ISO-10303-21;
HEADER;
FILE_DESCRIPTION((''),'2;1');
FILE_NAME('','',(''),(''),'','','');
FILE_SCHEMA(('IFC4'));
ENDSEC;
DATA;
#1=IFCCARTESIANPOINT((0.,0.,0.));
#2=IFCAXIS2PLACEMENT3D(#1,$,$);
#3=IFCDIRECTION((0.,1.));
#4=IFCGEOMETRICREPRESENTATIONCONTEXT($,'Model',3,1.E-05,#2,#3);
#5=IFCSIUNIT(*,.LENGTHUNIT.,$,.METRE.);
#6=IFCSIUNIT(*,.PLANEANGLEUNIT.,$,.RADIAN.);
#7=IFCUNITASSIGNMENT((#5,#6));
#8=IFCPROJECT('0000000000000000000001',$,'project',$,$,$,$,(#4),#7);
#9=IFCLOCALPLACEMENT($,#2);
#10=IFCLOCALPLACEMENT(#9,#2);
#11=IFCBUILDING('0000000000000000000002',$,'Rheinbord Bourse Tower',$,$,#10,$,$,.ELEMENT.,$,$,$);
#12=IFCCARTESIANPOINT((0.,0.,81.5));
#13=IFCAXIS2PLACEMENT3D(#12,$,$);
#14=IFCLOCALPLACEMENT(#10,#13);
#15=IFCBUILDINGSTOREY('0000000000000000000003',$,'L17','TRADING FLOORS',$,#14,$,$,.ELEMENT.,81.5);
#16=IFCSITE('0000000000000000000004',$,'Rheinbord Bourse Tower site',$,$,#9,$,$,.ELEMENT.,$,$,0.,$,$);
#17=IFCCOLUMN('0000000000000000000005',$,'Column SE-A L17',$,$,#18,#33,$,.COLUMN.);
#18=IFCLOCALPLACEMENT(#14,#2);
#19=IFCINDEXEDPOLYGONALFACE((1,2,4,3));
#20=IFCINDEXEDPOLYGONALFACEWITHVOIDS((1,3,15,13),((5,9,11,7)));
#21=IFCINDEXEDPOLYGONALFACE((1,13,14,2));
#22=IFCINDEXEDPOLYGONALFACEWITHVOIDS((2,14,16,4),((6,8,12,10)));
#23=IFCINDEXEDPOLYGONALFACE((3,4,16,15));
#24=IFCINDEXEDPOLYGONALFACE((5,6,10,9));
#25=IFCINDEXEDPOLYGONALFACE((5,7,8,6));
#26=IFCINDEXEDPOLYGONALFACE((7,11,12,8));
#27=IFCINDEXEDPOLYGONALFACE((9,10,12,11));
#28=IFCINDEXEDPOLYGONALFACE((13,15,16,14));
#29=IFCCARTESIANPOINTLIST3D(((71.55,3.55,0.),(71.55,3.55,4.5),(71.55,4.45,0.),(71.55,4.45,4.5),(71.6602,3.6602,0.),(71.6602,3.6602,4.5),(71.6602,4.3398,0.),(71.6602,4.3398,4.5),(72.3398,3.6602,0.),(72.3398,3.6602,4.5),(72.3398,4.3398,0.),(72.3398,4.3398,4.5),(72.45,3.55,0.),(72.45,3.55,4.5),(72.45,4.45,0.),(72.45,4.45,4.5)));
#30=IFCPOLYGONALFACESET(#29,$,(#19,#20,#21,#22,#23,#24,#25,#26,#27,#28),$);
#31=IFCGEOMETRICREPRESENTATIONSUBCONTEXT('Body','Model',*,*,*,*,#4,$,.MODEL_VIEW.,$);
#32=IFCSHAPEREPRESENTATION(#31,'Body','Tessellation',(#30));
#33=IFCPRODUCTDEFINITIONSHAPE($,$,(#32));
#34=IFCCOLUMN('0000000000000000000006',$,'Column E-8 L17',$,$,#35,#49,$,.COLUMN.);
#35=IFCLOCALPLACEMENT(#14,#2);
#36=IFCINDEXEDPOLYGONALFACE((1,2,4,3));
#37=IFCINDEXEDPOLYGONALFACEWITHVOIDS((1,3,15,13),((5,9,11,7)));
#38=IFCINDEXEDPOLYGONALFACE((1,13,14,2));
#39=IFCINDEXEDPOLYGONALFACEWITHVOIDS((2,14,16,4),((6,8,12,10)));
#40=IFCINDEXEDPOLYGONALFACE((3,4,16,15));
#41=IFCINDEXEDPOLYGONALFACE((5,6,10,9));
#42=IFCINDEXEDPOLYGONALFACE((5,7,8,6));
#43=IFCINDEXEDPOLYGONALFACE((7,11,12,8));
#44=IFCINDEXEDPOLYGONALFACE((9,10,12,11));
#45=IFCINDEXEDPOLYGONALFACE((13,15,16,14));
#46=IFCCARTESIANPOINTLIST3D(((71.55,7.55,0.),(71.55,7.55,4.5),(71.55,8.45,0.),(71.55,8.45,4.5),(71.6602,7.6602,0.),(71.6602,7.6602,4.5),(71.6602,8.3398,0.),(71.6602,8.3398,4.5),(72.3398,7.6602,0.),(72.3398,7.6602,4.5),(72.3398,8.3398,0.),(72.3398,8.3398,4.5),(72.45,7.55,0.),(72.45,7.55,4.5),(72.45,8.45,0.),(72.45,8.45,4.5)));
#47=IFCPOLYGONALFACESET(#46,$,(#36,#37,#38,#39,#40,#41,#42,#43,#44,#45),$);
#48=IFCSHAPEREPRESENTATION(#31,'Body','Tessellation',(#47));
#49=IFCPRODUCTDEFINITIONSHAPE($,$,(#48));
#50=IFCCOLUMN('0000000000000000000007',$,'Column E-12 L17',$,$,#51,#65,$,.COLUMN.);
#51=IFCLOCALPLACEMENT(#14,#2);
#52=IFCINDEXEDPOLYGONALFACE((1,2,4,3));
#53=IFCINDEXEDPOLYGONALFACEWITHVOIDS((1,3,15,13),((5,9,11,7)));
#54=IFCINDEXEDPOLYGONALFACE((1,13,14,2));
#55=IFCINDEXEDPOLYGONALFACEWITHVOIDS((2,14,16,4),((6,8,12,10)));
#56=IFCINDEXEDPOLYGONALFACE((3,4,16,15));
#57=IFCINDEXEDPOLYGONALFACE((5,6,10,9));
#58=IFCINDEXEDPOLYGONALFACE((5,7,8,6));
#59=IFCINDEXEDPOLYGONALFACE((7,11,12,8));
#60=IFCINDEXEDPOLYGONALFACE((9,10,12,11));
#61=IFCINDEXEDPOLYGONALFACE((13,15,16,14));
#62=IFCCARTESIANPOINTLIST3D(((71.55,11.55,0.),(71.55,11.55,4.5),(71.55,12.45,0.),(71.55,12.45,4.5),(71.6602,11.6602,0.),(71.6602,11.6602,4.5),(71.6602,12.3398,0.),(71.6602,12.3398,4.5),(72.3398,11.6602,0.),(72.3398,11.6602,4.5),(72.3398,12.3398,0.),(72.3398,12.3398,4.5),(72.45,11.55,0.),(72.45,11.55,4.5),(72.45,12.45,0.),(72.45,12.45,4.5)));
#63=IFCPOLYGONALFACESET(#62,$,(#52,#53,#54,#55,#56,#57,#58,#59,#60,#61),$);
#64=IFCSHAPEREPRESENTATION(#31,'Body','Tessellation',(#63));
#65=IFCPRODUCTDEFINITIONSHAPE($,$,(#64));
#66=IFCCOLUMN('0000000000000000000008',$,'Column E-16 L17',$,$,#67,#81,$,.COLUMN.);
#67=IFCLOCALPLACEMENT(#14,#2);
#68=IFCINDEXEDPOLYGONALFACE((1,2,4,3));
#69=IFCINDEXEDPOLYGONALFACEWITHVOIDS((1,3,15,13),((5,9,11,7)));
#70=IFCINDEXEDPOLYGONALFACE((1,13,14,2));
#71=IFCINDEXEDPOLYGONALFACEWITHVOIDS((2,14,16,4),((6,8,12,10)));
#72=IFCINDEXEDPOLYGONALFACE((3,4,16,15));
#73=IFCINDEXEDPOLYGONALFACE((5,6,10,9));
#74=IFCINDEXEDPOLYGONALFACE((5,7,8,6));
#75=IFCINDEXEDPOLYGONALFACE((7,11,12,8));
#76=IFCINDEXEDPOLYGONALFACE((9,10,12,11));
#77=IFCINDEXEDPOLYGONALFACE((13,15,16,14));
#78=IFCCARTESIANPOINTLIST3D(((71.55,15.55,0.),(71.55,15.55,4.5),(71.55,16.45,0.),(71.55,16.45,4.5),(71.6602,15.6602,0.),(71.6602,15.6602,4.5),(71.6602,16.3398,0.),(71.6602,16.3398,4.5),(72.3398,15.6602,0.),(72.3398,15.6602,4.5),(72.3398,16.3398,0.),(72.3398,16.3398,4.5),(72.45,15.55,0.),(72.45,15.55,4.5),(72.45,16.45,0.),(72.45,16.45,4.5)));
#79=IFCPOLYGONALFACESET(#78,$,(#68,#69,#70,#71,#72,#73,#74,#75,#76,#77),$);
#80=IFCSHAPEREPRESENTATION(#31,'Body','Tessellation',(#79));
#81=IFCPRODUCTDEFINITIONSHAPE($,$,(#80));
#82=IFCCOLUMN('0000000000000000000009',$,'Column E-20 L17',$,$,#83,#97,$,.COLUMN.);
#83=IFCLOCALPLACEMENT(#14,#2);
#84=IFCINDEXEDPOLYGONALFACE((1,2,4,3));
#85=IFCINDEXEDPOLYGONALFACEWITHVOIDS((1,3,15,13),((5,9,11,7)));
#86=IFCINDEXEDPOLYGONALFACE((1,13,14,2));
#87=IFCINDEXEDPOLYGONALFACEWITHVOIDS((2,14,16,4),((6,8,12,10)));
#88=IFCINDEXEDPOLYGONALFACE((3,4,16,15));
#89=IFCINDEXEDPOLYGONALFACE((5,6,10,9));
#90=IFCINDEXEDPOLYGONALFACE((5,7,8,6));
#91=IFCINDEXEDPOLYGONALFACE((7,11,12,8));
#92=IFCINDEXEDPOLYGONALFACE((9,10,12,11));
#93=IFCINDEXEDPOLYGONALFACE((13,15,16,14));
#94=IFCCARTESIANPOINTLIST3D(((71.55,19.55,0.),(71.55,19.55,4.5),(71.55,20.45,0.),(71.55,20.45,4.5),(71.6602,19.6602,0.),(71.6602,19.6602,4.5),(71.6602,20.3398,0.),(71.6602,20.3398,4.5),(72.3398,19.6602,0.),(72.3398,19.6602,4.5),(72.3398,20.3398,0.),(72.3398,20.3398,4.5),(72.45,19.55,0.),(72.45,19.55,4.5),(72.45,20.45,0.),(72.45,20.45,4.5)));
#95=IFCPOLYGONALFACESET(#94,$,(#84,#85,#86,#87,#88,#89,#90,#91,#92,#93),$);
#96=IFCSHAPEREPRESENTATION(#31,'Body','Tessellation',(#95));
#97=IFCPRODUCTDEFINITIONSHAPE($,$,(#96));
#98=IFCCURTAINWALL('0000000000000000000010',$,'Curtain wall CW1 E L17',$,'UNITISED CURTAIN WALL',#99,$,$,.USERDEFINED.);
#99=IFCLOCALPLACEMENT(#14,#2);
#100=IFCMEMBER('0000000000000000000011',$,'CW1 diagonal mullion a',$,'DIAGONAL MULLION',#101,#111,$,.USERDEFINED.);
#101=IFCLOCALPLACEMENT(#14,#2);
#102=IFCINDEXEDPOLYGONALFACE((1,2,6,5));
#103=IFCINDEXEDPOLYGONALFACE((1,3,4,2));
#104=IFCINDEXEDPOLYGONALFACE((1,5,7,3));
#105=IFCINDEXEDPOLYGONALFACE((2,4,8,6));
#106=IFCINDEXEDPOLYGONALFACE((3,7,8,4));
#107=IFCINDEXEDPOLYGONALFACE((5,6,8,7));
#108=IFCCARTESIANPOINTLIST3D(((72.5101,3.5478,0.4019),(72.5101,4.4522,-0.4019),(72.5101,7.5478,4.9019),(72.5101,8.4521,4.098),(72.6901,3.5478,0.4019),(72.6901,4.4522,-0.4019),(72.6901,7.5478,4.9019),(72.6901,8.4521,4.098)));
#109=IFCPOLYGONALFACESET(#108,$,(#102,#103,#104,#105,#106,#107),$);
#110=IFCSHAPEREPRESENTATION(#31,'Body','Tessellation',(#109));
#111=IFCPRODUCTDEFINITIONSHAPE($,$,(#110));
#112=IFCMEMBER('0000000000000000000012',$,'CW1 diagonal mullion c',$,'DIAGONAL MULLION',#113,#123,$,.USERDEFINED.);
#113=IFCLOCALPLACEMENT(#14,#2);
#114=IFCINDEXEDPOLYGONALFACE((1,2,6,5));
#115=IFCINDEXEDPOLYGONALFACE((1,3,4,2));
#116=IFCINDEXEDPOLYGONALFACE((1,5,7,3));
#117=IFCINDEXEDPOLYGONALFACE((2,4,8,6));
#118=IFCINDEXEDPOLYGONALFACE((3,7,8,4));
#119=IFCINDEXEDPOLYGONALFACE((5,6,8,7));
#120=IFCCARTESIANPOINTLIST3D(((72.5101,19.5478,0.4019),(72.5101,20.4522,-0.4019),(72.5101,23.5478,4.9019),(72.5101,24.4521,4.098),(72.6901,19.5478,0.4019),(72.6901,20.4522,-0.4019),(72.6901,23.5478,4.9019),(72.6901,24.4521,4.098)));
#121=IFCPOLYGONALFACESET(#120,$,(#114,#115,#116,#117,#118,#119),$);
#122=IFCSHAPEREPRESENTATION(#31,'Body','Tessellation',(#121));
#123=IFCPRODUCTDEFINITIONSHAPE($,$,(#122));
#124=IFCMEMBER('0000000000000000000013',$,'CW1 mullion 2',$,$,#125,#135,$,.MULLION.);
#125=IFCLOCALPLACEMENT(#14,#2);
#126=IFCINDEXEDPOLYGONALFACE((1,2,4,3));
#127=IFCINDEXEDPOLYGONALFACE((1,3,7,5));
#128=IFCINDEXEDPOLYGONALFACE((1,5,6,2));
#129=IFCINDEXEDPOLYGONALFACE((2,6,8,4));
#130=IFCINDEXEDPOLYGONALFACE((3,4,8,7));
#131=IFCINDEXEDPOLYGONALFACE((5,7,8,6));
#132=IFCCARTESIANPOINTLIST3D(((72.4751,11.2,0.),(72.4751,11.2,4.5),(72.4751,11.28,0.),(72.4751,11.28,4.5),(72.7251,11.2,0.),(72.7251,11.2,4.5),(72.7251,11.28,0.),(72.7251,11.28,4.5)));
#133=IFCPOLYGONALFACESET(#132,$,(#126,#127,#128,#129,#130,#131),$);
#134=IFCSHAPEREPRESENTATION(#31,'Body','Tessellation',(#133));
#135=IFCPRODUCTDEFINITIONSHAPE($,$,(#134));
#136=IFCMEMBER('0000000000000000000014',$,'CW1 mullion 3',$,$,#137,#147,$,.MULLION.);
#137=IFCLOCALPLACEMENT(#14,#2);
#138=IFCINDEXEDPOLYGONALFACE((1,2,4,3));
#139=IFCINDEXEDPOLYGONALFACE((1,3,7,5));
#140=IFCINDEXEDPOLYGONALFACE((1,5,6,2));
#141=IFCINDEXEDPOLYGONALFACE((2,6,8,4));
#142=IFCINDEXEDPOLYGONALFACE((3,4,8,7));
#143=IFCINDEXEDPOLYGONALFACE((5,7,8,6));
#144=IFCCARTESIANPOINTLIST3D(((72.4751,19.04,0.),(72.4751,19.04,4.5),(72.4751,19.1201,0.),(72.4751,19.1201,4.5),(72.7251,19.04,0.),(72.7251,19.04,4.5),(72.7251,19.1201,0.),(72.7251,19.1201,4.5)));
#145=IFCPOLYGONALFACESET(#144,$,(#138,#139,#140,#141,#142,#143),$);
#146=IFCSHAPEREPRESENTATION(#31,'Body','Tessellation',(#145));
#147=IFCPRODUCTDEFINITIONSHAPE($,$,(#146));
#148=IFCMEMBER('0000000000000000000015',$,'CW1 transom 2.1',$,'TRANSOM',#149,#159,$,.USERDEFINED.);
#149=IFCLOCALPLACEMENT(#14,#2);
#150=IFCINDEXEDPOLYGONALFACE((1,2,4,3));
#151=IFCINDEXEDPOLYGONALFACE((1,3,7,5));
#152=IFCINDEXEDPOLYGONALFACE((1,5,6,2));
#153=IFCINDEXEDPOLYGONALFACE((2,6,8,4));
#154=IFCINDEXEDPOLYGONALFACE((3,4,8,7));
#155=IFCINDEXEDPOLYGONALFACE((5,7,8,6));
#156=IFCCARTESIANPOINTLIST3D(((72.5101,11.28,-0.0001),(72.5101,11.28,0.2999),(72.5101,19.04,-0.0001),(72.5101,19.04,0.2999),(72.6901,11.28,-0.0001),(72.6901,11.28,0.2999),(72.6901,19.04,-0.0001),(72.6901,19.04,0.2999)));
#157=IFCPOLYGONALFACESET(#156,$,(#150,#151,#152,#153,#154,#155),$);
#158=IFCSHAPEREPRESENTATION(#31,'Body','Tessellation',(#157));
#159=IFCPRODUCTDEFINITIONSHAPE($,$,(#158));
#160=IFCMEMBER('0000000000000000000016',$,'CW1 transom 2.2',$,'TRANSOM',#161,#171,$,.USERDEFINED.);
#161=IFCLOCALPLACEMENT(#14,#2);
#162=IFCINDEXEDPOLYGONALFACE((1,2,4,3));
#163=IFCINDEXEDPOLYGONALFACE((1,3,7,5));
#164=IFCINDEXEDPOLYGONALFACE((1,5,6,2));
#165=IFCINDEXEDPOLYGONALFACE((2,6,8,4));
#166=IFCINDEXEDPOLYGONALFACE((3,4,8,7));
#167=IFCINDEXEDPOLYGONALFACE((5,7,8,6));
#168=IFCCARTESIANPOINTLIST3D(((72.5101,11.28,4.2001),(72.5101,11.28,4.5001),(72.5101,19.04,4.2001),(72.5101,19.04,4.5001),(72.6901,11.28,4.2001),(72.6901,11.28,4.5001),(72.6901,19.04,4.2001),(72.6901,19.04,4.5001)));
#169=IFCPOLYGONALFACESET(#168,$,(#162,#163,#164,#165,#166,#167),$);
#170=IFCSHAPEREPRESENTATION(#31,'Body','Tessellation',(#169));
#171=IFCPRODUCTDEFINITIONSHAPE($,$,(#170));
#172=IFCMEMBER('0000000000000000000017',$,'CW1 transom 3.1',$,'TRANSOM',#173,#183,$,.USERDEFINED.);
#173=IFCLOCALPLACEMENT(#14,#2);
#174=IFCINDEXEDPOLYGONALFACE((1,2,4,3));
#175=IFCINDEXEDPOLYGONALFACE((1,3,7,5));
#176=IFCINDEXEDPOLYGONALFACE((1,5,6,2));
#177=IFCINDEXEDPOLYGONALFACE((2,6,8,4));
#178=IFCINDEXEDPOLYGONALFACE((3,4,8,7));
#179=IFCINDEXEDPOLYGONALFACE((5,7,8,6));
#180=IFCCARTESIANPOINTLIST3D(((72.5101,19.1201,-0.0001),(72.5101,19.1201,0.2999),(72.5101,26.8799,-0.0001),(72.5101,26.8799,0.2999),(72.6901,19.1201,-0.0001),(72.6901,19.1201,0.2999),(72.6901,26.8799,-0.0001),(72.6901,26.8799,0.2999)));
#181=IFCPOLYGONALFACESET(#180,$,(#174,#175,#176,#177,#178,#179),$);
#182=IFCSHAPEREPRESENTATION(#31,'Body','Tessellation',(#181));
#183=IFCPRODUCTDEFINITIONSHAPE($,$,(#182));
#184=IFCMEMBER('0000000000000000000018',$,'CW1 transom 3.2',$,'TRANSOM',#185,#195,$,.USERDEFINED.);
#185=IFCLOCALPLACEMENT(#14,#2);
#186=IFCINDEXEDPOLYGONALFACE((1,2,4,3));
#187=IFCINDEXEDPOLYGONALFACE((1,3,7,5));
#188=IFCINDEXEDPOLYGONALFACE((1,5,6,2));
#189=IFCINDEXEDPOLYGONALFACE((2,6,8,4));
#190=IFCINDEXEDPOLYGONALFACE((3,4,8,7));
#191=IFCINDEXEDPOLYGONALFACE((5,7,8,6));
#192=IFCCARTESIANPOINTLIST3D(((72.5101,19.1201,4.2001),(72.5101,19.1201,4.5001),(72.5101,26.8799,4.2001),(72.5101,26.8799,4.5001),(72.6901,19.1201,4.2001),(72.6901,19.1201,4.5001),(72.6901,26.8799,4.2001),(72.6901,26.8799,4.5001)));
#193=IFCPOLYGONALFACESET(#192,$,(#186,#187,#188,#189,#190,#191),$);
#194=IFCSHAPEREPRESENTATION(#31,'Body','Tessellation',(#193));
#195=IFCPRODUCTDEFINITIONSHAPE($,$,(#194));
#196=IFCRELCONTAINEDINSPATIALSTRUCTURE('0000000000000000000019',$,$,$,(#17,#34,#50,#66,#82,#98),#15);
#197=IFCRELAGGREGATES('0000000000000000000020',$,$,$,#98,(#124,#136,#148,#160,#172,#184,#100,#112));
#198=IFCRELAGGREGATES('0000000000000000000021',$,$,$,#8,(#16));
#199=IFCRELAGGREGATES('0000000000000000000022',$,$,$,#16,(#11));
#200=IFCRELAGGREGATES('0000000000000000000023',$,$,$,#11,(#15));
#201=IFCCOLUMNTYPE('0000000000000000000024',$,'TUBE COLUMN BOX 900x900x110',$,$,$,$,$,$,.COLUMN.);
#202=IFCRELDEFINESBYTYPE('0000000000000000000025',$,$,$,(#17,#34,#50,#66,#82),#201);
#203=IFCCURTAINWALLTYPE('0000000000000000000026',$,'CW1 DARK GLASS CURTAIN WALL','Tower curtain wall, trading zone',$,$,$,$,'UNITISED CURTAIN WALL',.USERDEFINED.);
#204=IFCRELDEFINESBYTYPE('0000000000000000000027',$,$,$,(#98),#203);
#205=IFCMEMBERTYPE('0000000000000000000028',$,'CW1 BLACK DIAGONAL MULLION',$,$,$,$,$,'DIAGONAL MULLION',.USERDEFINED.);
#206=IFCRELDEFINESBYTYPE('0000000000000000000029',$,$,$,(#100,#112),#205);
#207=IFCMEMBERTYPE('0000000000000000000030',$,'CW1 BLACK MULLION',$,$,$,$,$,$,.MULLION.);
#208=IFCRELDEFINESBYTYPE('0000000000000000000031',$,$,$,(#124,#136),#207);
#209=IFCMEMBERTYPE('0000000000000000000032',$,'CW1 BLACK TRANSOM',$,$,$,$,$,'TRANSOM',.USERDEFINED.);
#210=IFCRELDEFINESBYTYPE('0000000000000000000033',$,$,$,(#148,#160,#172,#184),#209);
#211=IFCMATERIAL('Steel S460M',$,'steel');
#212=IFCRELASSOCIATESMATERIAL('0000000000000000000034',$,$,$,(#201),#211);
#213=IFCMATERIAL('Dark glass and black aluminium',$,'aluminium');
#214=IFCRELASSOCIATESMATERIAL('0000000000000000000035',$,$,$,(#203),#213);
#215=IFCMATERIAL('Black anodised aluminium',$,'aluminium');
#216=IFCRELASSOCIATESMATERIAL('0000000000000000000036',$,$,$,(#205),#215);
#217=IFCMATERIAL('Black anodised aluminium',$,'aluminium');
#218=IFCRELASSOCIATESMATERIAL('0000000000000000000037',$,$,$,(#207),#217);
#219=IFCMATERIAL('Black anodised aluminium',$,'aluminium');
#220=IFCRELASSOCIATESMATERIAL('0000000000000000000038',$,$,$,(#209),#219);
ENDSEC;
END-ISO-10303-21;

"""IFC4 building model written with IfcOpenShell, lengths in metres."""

from ifc_helpers import new_model, si_unit, direction, frame, origin, origin_2d, place, context, subcontext, project, spatial, rectangle, hollow_rectangle, extrude, material, material_profile, profile_set, type_object, element, aggregate, save


model = new_model("IFC4")

# Units and contexts
model_context = context("Model", 3, precision=1e-05, world=origin(), true_north=direction((0.0, 1.0)))
body_context = subcontext(model_context, "Body", "Model", "MODEL_VIEW")
ifc_project = project(units=[si_unit("LENGTHUNIT", "METRE"), si_unit("PLANEANGLEUNIT", "RADIAN")], contexts=[model_context])

# Site, building, storey
site_placement = place(None, origin())
site = spatial("IfcSite", under=ifc_project, at=site_placement, Name="Rheinbord Bourse Tower site", CompositionType="ELEMENT", RefElevation=0.0)
building_placement = place(site_placement, origin())
building = spatial("IfcBuilding", under=site, at=building_placement, Name="Rheinbord Bourse Tower", CompositionType="ELEMENT")
storey_placement = place(building_placement, frame((0.0, 0.0, 81.5)))
storey = spatial("IfcBuildingStorey", under=building, at=storey_placement, Name="L17", Description="TRADING FLOORS", CompositionType="ELEMENT", Elevation=81.5)

# Columns
ifc_material_1 = material(Name="Steel S460M", Category="steel")
ifc_material_profile_1 = material_profile(ifc_material_1, hollow_rectangle(XDim=0.8999, YDim=0.8999, WallThickness=0.1101, at=origin_2d()), Name="BOX 900x900x110")
ifc_profile_set_1 = profile_set([ifc_material_profile_1], Name="Steel S460M")
column_type = type_object("IfcColumnType", Name="TUBE COLUMN BOX 900x900x110", PredefinedType="COLUMN", material=ifc_profile_set_1)
for number, where, z_axis, x_axis, name in (
    (1, (72.0, 4.0, 0.0), (0.0, 0.0, 1.0), (1.0, 0.0, 0.0), "Column SE-A L17"),
    (2, (72.0, 8.0, 0.0), (0.0, 0.0, 1.0), (1.0, 0.0, 0.0), "Column E-8 L17"),
    (3, (72.0, 12.0, 0.0), (0.0, 0.0, 1.0), (1.0, 0.0, 0.0), "Column E-12 L17"),
    (4, (72.0, 16.0, 0.0), (0.0, 0.0, 1.0), (1.0, 0.0, 0.0), "Column E-16 L17"),
    (5, (72.0, 20.0, 0.0), (0.0, 0.0, 1.0), (1.0, 0.0, 0.0), "Column E-20 L17"),
):
    element("IfcColumn", number, at=place(storey_placement, frame(where, z_axis=z_axis, x_axis=x_axis)), inside=storey, type_object=column_type, Name=name, PredefinedType="COLUMN", context=body_context, shape_type="SweptSolid", body=[
        extrude(hollow_rectangle(XDim=0.8999, YDim=0.8999, WallThickness=0.1101, at=origin_2d()), origin(), (0.0, 0.0, 1.0), 4.5),
    ])

# Curtain wall, members
ifc_material_2 = material(Name="Dark glass and black aluminium", Category="aluminium")
curtain_wall_type = type_object("IfcCurtainWallType", Name="CW1 DARK GLASS CURTAIN WALL", Description="Tower curtain wall, trading zone", ElementType="UNITISED CURTAIN WALL", PredefinedType="USERDEFINED", material=ifc_material_2)
curtain_wall_placement = place(storey_placement, origin())
curtain_wall = element("IfcCurtainWall", 6, at=curtain_wall_placement, inside=storey, type_object=curtain_wall_type, Name="Curtain wall CW1 E L17", ObjectType="UNITISED CURTAIN WALL", PredefinedType="USERDEFINED")
ifc_material_3 = material(Name="Black anodised aluminium", Category="aluminium")
ifc_material_profile_2 = material_profile(ifc_material_3, rectangle(XDim=0.1799, YDim=1.21, at=origin_2d()), Name="CW1 DIAGONAL MULLION 1210x180")
ifc_profile_set_2 = profile_set([ifc_material_profile_2], Name="Black anodised aluminium")
member_type_1 = type_object("IfcMemberType", Name="CW1 BLACK DIAGONAL MULLION", ElementType="DIAGONAL MULLION", PredefinedType="USERDEFINED", material=ifc_profile_set_2)
member_1_placement = place(storey_placement, frame((72.6001, 4.0, 0.0), z_axis=(0.0, 0.664364, 0.747409), x_axis=(-1.0, 0.0, 0.0)))
member_1 = element("IfcMember", 7, at=member_1_placement, type_object=member_type_1, Name="CW1 diagonal mullion a", ObjectType="DIAGONAL MULLION", PredefinedType="USERDEFINED", context=body_context, shape_type="SweptSolid", body=[
    extrude(rectangle(XDim=0.1799, YDim=1.21, at=origin_2d()), origin(), (0.0, 0.0, 1.0), 6.0208),
])
member_2_placement = place(storey_placement, frame((72.6001, 20.0, 0.0), z_axis=(0.0, 0.664364, 0.747409), x_axis=(-1.0, 0.0, 0.0)))
member_2 = element("IfcMember", 8, at=member_2_placement, type_object=member_type_1, Name="CW1 diagonal mullion c", ObjectType="DIAGONAL MULLION", PredefinedType="USERDEFINED", context=body_context, shape_type="SweptSolid", body=[
    extrude(rectangle(XDim=0.1799, YDim=1.21, at=origin_2d()), origin(), (0.0, 0.0, 1.0), 6.0208),
])
ifc_material_4 = material(Name="Black anodised aluminium", Category="aluminium")
ifc_material_profile_3 = material_profile(ifc_material_4, rectangle(XDim=0.25, YDim=0.0801, at=origin_2d()), Name="CW1 MULLION 80x250")
ifc_profile_set_3 = profile_set([ifc_material_profile_3], Name="Black anodised aluminium")
member_type_2 = type_object("IfcMemberType", Name="CW1 BLACK MULLION", PredefinedType="MULLION", material=ifc_profile_set_3)
member_3_placement = place(storey_placement, frame((72.6001, 11.24, 0.0), z_axis=(0.0, 0.0, 1.0), x_axis=(-1.0, 0.0, 0.0)))
member_3 = element("IfcMember", 9, at=member_3_placement, type_object=member_type_2, Name="CW1 mullion 2", PredefinedType="MULLION", context=body_context, shape_type="SweptSolid", body=[
    extrude(rectangle(XDim=0.25, YDim=0.0801, at=origin_2d()), origin(), (0.0, 0.0, 1.0), 4.5),
])
member_4_placement = place(storey_placement, frame((72.6001, 19.0801, 0.0), z_axis=(0.0, 0.0, 1.0), x_axis=(-1.0, 0.0, 0.0)))
member_4 = element("IfcMember", 10, at=member_4_placement, type_object=member_type_2, Name="CW1 mullion 3", PredefinedType="MULLION", context=body_context, shape_type="SweptSolid", body=[
    extrude(rectangle(XDim=0.25, YDim=0.0801, at=origin_2d()), origin(), (0.0, 0.0, 1.0), 4.5),
])
ifc_material_5 = material(Name="Black anodised aluminium", Category="aluminium")
ifc_material_profile_4 = material_profile(ifc_material_5, rectangle(XDim=0.1799, YDim=0.3, at=origin_2d()), Name="CW1 TRANSOM 300x180")
ifc_profile_set_4 = profile_set([ifc_material_profile_4], Name="Black anodised aluminium")
member_type_3 = type_object("IfcMemberType", Name="CW1 BLACK TRANSOM", ElementType="TRANSOM", PredefinedType="USERDEFINED", material=ifc_profile_set_4)
member_5_placement = place(storey_placement, frame((72.6001, 11.28, 0.1499), z_axis=(0.0, 1.0, 0.0), x_axis=(-1.0, 0.0, 0.0)))
member_5 = element("IfcMember", 11, at=member_5_placement, type_object=member_type_3, Name="CW1 transom 2.1", ObjectType="TRANSOM", PredefinedType="USERDEFINED", context=body_context, shape_type="SweptSolid", body=[
    extrude(rectangle(XDim=0.1799, YDim=0.3, at=origin_2d()), origin(), (0.0, 0.0, 1.0), 7.76),
])
member_6_placement = place(storey_placement, frame((72.6001, 11.28, 4.3501), z_axis=(0.0, 1.0, 0.0), x_axis=(-1.0, 0.0, 0.0)))
member_6 = element("IfcMember", 12, at=member_6_placement, type_object=member_type_3, Name="CW1 transom 2.2", ObjectType="TRANSOM", PredefinedType="USERDEFINED", context=body_context, shape_type="SweptSolid", body=[
    extrude(rectangle(XDim=0.1799, YDim=0.3, at=origin_2d()), origin(), (0.0, 0.0, 1.0), 7.76),
])
member_7_placement = place(storey_placement, frame((72.6001, 19.1201, 0.1499), z_axis=(0.0, 1.0, 0.0), x_axis=(-1.0, 0.0, 0.0)))
member_7 = element("IfcMember", 13, at=member_7_placement, type_object=member_type_3, Name="CW1 transom 3.1", ObjectType="TRANSOM", PredefinedType="USERDEFINED", context=body_context, shape_type="SweptSolid", body=[
    extrude(rectangle(XDim=0.1799, YDim=0.3, at=origin_2d()), origin(), (0.0, 0.0, 1.0), 7.7598),
])
member_8_placement = place(storey_placement, frame((72.6001, 19.1201, 4.3501), z_axis=(0.0, 1.0, 0.0), x_axis=(-1.0, 0.0, 0.0)))
member_8 = element("IfcMember", 14, at=member_8_placement, type_object=member_type_3, Name="CW1 transom 3.2", ObjectType="TRANSOM", PredefinedType="USERDEFINED", context=body_context, shape_type="SweptSolid", body=[
    extrude(rectangle(XDim=0.1799, YDim=0.3, at=origin_2d()), origin(), (0.0, 0.0, 1.0), 7.7598),
])

aggregate(curtain_wall, [member_3, member_4, member_5, member_6, member_7, member_8, member_1, member_2])

save(model, "model.ifc")
